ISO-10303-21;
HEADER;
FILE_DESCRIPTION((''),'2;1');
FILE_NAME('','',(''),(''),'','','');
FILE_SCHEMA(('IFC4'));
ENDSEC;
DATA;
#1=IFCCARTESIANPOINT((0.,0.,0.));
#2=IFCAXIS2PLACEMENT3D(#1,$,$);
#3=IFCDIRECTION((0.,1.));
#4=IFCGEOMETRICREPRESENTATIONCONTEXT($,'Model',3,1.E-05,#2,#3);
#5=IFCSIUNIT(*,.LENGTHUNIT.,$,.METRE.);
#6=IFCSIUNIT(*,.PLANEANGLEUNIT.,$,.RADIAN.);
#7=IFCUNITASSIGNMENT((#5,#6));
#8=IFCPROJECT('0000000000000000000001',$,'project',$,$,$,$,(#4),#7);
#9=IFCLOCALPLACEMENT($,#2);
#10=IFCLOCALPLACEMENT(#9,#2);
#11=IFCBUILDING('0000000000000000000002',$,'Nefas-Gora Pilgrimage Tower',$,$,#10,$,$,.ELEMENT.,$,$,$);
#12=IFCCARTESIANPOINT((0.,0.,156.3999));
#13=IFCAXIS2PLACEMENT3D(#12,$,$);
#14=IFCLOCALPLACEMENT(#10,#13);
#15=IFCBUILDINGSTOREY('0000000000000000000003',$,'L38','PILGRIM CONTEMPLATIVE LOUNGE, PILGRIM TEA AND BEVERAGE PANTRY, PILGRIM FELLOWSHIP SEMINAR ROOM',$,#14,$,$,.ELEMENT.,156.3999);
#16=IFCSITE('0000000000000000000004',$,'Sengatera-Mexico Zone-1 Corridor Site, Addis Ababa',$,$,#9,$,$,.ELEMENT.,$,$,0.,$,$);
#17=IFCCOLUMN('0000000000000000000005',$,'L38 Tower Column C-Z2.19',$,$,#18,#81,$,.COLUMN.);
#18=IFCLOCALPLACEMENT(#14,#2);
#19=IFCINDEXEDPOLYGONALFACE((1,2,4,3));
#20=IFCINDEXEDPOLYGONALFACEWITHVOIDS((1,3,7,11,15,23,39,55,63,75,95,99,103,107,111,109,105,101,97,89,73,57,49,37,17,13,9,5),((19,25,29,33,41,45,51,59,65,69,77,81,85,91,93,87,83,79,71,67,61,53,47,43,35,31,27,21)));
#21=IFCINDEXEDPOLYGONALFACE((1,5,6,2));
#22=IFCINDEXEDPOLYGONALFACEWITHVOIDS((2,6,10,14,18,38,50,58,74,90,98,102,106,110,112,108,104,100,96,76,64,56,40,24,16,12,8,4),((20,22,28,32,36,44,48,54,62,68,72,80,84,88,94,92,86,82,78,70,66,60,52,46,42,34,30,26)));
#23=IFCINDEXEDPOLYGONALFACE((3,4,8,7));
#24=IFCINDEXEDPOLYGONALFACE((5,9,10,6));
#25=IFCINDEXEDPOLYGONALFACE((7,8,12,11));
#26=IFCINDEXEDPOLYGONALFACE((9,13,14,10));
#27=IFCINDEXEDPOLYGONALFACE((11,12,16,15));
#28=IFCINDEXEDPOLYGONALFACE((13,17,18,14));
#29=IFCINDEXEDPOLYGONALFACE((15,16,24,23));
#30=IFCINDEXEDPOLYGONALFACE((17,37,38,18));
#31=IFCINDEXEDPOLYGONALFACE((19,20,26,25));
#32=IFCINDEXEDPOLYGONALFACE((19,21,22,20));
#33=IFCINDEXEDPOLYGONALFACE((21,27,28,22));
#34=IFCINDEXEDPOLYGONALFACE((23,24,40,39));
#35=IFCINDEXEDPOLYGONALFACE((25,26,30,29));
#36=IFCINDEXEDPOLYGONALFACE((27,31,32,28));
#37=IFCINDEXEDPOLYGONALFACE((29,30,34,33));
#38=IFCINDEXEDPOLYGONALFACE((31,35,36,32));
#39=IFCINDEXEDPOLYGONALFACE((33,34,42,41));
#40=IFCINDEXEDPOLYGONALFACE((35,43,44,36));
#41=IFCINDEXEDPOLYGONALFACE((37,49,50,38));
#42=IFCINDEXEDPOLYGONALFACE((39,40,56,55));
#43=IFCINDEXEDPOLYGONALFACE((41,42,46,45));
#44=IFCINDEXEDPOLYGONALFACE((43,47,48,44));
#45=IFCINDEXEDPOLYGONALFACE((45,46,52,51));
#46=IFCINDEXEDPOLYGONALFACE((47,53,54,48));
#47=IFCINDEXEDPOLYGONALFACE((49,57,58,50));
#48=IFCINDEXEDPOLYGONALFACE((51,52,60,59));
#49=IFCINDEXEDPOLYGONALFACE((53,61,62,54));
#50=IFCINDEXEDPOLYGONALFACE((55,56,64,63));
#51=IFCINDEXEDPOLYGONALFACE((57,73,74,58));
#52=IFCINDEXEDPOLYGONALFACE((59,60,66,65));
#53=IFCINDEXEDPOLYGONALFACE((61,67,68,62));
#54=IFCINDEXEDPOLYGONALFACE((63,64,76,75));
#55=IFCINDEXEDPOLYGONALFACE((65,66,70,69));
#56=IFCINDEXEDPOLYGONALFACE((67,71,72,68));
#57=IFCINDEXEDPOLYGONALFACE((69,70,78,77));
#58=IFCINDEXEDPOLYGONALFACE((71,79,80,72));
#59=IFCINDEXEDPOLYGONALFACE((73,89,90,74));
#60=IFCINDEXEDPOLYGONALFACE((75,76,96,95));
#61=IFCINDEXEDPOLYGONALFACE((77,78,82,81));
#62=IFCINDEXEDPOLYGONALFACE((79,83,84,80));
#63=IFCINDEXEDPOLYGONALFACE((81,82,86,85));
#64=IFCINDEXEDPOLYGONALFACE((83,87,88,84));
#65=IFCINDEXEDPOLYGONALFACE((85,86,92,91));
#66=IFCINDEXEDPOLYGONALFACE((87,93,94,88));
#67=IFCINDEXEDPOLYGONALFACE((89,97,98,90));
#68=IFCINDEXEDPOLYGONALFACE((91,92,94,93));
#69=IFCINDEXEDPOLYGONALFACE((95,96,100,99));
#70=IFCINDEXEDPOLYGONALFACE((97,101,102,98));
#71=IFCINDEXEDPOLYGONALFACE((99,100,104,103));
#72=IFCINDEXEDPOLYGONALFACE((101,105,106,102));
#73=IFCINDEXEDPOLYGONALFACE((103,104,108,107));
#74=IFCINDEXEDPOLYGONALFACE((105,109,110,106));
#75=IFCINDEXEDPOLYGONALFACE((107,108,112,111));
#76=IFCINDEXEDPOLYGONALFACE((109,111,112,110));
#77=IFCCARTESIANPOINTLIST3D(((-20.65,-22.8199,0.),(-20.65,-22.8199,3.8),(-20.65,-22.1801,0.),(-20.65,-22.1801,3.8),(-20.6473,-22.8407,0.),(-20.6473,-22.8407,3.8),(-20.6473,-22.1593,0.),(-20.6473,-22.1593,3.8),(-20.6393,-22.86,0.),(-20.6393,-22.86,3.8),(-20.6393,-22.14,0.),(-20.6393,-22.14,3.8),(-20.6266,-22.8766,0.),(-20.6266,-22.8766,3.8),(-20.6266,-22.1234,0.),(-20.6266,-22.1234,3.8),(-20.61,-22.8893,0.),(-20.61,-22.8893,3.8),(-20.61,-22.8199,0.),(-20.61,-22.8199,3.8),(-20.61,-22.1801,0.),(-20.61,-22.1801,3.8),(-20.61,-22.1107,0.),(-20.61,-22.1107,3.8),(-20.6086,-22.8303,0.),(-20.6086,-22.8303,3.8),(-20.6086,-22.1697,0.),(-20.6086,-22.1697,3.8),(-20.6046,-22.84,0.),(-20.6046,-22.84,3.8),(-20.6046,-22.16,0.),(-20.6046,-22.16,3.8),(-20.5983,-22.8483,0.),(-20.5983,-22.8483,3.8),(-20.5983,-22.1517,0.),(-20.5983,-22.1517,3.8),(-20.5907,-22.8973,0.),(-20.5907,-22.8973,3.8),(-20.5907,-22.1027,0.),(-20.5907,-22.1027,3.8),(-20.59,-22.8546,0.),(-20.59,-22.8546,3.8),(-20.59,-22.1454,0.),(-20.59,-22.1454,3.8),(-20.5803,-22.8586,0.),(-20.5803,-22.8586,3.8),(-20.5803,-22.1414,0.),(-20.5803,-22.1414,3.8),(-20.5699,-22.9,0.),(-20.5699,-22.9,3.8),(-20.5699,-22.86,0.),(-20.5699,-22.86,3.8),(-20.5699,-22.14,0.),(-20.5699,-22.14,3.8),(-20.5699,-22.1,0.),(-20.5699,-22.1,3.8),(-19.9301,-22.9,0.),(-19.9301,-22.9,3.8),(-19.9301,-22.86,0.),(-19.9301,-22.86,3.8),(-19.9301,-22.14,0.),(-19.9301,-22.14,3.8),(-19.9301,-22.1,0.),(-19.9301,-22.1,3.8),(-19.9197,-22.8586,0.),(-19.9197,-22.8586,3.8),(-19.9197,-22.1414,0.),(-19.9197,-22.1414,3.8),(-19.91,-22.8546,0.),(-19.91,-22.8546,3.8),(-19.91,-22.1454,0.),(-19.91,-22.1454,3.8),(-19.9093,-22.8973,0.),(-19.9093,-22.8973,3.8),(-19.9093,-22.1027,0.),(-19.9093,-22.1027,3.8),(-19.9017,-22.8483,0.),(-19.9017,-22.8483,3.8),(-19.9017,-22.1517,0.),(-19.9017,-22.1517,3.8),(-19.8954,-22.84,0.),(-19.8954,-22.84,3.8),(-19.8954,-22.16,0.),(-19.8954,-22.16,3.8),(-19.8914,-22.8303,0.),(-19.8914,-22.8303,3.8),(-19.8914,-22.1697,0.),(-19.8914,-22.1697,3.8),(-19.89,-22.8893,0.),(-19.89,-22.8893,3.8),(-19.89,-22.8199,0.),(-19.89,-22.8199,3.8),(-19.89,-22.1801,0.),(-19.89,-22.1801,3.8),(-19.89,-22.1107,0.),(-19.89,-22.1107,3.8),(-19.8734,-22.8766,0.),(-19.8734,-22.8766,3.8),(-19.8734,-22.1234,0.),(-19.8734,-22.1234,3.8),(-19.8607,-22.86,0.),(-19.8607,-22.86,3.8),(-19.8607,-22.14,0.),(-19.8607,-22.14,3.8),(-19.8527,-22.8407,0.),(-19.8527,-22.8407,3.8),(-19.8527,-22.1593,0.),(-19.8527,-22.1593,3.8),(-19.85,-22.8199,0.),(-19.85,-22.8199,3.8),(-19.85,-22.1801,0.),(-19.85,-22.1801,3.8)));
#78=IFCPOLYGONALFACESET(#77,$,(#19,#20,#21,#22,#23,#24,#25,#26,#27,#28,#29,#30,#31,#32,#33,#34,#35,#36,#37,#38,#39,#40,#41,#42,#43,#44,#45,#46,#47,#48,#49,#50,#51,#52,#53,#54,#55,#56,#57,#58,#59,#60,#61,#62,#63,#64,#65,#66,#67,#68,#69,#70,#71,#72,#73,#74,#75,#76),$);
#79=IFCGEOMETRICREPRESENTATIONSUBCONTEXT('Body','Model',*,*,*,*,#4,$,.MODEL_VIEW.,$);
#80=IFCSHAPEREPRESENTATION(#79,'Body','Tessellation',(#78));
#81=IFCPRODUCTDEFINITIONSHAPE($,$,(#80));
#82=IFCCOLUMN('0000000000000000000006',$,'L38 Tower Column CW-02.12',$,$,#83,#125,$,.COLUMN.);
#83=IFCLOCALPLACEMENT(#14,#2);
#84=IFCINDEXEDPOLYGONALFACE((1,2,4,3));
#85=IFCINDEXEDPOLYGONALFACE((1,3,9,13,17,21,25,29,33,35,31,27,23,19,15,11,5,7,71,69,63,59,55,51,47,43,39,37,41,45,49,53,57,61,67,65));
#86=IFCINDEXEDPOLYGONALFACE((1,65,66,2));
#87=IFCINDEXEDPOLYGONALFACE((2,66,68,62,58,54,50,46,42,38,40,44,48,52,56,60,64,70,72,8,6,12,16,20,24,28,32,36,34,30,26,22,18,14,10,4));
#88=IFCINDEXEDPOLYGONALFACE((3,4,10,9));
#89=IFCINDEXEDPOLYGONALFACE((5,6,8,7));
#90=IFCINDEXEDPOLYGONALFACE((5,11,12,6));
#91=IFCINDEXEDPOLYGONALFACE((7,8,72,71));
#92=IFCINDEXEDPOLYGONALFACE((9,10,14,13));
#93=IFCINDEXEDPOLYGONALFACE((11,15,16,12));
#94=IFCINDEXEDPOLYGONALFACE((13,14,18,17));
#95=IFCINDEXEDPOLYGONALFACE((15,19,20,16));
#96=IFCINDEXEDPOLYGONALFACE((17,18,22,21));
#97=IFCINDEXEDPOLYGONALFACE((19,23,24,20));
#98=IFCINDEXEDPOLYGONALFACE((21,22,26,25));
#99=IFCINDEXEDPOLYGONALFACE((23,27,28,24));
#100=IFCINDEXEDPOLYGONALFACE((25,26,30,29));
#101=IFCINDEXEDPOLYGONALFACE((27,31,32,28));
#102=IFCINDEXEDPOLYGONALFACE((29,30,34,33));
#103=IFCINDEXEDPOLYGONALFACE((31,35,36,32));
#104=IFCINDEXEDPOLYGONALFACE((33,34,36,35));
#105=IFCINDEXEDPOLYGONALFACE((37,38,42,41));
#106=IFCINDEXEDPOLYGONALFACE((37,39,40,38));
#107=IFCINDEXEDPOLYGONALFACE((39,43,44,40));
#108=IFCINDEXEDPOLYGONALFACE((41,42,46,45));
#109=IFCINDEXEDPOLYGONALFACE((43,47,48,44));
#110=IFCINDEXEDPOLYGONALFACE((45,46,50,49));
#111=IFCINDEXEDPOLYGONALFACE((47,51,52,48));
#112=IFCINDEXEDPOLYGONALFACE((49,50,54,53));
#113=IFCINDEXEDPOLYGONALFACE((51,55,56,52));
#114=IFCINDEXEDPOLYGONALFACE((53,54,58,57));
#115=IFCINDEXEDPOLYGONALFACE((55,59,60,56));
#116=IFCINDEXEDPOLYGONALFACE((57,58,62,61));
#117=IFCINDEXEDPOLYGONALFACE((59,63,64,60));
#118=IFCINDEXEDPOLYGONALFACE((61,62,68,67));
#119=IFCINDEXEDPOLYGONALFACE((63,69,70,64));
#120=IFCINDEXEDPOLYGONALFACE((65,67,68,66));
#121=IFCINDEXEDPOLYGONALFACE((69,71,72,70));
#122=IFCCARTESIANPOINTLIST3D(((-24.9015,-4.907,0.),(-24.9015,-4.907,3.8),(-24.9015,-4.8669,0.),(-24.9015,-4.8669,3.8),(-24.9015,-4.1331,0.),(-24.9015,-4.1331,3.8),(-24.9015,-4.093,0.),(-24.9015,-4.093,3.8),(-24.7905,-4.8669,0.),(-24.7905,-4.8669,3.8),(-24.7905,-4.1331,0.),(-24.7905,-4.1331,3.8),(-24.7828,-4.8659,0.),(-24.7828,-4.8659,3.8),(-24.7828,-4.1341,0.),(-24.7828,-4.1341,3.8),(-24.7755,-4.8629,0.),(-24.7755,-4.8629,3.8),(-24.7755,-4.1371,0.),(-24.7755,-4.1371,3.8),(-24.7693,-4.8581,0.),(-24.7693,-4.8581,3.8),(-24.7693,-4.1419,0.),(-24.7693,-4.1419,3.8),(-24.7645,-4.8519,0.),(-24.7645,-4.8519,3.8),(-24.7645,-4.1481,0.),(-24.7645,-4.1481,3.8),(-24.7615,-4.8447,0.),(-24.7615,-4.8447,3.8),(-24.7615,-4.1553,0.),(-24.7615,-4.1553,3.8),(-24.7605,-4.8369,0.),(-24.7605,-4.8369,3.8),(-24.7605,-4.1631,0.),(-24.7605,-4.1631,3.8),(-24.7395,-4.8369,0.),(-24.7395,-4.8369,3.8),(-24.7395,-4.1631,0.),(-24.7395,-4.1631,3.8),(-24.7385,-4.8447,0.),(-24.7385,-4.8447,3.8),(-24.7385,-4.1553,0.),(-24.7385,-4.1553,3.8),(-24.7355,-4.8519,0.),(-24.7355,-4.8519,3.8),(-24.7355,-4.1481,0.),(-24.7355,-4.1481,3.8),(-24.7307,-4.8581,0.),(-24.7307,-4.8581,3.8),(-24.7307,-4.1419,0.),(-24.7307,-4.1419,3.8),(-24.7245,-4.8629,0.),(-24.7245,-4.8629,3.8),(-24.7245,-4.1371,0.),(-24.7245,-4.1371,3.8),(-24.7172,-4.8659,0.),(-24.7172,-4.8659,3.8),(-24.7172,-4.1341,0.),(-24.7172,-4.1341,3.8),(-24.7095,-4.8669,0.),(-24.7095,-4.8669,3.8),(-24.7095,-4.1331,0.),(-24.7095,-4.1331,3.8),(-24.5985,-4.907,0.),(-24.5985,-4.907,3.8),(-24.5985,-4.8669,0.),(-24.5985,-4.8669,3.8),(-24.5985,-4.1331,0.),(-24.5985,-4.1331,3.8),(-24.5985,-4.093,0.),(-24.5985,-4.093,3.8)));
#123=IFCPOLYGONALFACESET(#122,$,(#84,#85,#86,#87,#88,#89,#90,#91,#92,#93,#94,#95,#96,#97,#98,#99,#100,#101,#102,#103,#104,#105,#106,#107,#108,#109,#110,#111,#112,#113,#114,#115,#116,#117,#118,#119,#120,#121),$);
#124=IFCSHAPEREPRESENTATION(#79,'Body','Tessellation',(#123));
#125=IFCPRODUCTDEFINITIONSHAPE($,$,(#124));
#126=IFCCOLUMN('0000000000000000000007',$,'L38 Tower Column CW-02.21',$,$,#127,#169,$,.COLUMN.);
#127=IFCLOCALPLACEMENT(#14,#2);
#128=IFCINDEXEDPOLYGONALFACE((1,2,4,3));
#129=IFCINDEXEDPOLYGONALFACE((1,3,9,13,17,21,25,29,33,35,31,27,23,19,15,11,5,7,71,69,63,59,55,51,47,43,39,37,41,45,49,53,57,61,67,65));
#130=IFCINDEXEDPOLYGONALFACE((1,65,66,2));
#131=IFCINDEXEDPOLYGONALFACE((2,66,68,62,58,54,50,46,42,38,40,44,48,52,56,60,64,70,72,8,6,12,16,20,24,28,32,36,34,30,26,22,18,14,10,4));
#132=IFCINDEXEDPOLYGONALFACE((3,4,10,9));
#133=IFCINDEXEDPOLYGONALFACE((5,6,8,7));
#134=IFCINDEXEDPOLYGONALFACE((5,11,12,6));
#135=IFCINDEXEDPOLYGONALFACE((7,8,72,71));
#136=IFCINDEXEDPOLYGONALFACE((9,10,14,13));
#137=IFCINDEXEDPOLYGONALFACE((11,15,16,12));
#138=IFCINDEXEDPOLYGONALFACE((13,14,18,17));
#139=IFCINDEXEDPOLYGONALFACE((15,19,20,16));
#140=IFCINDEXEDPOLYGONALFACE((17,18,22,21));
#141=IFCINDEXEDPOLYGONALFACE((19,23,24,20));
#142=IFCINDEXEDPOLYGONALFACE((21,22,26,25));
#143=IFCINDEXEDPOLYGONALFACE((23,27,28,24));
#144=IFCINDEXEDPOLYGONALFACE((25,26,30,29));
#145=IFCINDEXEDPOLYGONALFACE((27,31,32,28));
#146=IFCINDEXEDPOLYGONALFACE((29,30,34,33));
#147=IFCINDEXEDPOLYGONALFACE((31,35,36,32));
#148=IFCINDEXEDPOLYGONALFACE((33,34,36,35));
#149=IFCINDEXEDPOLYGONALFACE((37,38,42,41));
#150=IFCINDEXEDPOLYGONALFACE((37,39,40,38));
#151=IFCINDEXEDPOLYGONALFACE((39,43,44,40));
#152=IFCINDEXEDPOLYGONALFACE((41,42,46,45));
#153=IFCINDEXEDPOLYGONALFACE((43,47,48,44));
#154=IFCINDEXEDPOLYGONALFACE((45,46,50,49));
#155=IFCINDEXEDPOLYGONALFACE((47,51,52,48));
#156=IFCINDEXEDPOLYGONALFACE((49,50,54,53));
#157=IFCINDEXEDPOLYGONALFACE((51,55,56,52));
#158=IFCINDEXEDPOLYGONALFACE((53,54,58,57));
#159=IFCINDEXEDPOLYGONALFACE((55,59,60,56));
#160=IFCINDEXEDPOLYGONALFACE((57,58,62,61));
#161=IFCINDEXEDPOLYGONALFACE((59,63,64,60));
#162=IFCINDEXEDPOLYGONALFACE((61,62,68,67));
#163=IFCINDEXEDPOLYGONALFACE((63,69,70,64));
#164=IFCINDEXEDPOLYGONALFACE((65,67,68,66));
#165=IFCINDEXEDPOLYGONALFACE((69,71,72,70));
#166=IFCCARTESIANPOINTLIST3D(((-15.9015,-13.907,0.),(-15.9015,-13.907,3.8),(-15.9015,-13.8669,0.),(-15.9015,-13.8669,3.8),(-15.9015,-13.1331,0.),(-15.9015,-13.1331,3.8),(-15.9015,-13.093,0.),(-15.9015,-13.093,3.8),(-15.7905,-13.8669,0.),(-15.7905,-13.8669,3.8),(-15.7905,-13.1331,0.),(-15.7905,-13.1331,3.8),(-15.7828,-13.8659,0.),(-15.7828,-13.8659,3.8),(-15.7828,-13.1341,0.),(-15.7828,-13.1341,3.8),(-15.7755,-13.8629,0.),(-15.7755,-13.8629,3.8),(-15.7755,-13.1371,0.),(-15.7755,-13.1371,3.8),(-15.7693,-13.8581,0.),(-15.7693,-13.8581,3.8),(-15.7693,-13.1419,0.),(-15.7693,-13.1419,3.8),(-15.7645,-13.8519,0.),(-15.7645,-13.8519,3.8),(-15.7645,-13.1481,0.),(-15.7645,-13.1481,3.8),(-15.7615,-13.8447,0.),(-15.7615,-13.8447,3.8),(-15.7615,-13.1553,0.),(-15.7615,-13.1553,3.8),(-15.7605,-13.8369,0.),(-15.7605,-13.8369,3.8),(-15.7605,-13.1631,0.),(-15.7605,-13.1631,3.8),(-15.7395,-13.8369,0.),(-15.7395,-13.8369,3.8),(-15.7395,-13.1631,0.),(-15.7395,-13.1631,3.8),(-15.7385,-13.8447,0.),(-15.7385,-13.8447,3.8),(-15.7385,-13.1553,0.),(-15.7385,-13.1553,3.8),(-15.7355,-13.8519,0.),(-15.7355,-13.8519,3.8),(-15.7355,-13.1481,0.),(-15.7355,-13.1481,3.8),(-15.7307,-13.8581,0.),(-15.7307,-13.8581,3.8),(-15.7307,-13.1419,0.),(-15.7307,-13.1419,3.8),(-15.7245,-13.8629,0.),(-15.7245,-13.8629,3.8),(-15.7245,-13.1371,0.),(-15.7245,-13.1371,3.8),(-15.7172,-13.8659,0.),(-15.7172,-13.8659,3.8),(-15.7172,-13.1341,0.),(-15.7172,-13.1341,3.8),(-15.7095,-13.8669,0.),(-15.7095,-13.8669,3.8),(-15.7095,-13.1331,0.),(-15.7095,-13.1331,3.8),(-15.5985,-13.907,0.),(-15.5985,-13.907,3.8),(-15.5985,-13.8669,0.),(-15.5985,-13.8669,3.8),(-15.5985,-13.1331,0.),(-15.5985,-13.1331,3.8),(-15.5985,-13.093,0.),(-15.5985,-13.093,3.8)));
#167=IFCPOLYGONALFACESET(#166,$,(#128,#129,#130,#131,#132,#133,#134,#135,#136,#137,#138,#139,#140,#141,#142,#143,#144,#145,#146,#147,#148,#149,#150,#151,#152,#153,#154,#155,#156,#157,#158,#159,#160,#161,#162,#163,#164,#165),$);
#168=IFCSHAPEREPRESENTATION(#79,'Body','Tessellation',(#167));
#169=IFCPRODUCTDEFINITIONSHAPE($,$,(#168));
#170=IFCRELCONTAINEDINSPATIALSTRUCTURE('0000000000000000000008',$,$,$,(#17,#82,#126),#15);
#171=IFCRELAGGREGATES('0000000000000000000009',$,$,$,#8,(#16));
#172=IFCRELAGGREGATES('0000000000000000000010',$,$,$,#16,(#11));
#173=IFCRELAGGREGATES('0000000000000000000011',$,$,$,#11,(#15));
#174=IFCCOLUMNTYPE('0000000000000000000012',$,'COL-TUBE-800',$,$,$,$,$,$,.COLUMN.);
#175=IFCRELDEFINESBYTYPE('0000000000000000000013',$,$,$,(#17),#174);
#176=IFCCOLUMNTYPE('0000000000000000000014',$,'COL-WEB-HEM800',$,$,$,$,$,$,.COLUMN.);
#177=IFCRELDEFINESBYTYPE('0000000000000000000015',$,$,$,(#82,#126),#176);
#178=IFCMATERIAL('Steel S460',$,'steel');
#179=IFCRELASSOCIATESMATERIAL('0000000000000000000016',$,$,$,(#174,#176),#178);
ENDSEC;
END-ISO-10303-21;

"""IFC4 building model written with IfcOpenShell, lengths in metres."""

from ifc_helpers import new_model, si_unit, direction, frame, origin, origin_2d, place, context, subcontext, project, spatial, hollow_rectangle, i_section, extrude, source, transform, mapped, material, material_profile, profile_set, type_object, element, save


model = new_model("IFC4")

# Units and contexts
model_context = context("Model", 3, precision=1e-05, world=origin(), true_north=direction((0.0, 1.0)))
body_context = subcontext(model_context, "Body", "Model", "MODEL_VIEW")
ifc_project = project(units=[si_unit("LENGTHUNIT", "METRE"), si_unit("PLANEANGLEUNIT", "RADIAN")], contexts=[model_context])

# Site, building, storey
site_placement = place(None, origin())
site = spatial("IfcSite", under=ifc_project, at=site_placement, Name="Sengatera-Mexico Zone-1 Corridor Site, Addis Ababa", CompositionType="ELEMENT", RefElevation=0.0)
building_placement = place(site_placement, origin())
building = spatial("IfcBuilding", under=site, at=building_placement, Name="Nefas-Gora Pilgrimage Tower", CompositionType="ELEMENT")
storey_placement = place(building_placement, frame((0.0, 0.0, 156.3999)))
storey = spatial("IfcBuildingStorey", under=building, at=storey_placement, Name="L38", Description="PILGRIM CONTEMPLATIVE LOUNGE, PILGRIM TEA AND BEVERAGE PANTRY, PILGRIM FELLOWSHIP SEMINAR ROOM", CompositionType="ELEMENT", Elevation=156.3999)

# Columns
ifc_material_1 = material(Name="Steel S460", Category="steel")
ifc_material_profile_1 = material_profile(ifc_material_1, hollow_rectangle(XDim=0.8, YDim=0.8, WallThickness=0.04, InnerFilletRadius=0.04, OuterFilletRadius=0.0801, at=origin_2d()), Name="BOX 800x800x40")
ifc_profile_set_1 = profile_set([ifc_material_profile_1], Name="Steel S460")
column_type_1 = type_object("IfcColumnType", Name="COL-TUBE-800", PredefinedType="COLUMN", material=ifc_profile_set_1)
shared_shape_1 = source(origin(), body_context, "Body", "SweptSolid", [
    extrude(hollow_rectangle(XDim=0.8, YDim=0.8, WallThickness=0.04, InnerFilletRadius=0.04, OuterFilletRadius=0.0801, at=origin_2d()), origin(), (0.0, 0.0, 1.0), 3.8),
])
column_placement = place(storey_placement, frame((-20.25, -22.5, 0.0), z_axis=(0.0, 0.0, 1.0), x_axis=(1.0, 0.0, 0.0)))
element("IfcColumn", 1, at=column_placement, inside=storey, type_object=column_type_1, Name="L38 Tower Column C-Z2.19", PredefinedType="COLUMN", context=body_context, shape_type="MappedRepresentation", body=[
    mapped(shared_shape_1, transform((0.0, 0.0, 0.0), x_axis=(1.0, 0.0, 0.0), y_axis=(0.0, 1.0, 0.0), z_axis=(0.0, 0.0, 1.0), scale=1.0)),
])
ifc_material_profile_2 = material_profile(ifc_material_1, i_section(OverallWidth=0.303, OverallDepth=0.814, WebThickness=0.021, FlangeThickness=0.04, FilletRadius=0.03, at=origin_2d()), Name="HEM 800")
ifc_profile_set_2 = profile_set([ifc_material_profile_2], Name="Steel S460")
column_type_2 = type_object("IfcColumnType", Name="COL-WEB-HEM800", PredefinedType="COLUMN", material=ifc_profile_set_2)
shared_shape_2 = source(origin(), body_context, "Body", "SweptSolid", [
    extrude(i_section(OverallWidth=0.303, OverallDepth=0.814, WebThickness=0.021, FlangeThickness=0.04, FilletRadius=0.03, at=origin_2d()), origin(), (0.0, 0.0, 1.0), 3.8),
])
for number, where, z_axis, x_axis, name in (
    (2, (-24.75, -4.5, 0.0), (0.0, 0.0, 1.0), (1.0, 0.0, 0.0), "L38 Tower Column CW-02.12"),
    (3, (-15.75, -13.5, 0.0), (0.0, 0.0, 1.0), (1.0, 0.0, 0.0), "L38 Tower Column CW-02.21"),
):
    element("IfcColumn", number, at=place(storey_placement, frame(where, z_axis=z_axis, x_axis=x_axis)), inside=storey, type_object=column_type_2, Name=name, PredefinedType="COLUMN", context=body_context, shape_type="MappedRepresentation", body=[
        mapped(shared_shape_2, transform((0.0, 0.0, 0.0), x_axis=(1.0, 0.0, 0.0), y_axis=(0.0, 1.0, 0.0), z_axis=(0.0, 0.0, 1.0), scale=1.0)),
    ])

save(model, "model.ifc")
